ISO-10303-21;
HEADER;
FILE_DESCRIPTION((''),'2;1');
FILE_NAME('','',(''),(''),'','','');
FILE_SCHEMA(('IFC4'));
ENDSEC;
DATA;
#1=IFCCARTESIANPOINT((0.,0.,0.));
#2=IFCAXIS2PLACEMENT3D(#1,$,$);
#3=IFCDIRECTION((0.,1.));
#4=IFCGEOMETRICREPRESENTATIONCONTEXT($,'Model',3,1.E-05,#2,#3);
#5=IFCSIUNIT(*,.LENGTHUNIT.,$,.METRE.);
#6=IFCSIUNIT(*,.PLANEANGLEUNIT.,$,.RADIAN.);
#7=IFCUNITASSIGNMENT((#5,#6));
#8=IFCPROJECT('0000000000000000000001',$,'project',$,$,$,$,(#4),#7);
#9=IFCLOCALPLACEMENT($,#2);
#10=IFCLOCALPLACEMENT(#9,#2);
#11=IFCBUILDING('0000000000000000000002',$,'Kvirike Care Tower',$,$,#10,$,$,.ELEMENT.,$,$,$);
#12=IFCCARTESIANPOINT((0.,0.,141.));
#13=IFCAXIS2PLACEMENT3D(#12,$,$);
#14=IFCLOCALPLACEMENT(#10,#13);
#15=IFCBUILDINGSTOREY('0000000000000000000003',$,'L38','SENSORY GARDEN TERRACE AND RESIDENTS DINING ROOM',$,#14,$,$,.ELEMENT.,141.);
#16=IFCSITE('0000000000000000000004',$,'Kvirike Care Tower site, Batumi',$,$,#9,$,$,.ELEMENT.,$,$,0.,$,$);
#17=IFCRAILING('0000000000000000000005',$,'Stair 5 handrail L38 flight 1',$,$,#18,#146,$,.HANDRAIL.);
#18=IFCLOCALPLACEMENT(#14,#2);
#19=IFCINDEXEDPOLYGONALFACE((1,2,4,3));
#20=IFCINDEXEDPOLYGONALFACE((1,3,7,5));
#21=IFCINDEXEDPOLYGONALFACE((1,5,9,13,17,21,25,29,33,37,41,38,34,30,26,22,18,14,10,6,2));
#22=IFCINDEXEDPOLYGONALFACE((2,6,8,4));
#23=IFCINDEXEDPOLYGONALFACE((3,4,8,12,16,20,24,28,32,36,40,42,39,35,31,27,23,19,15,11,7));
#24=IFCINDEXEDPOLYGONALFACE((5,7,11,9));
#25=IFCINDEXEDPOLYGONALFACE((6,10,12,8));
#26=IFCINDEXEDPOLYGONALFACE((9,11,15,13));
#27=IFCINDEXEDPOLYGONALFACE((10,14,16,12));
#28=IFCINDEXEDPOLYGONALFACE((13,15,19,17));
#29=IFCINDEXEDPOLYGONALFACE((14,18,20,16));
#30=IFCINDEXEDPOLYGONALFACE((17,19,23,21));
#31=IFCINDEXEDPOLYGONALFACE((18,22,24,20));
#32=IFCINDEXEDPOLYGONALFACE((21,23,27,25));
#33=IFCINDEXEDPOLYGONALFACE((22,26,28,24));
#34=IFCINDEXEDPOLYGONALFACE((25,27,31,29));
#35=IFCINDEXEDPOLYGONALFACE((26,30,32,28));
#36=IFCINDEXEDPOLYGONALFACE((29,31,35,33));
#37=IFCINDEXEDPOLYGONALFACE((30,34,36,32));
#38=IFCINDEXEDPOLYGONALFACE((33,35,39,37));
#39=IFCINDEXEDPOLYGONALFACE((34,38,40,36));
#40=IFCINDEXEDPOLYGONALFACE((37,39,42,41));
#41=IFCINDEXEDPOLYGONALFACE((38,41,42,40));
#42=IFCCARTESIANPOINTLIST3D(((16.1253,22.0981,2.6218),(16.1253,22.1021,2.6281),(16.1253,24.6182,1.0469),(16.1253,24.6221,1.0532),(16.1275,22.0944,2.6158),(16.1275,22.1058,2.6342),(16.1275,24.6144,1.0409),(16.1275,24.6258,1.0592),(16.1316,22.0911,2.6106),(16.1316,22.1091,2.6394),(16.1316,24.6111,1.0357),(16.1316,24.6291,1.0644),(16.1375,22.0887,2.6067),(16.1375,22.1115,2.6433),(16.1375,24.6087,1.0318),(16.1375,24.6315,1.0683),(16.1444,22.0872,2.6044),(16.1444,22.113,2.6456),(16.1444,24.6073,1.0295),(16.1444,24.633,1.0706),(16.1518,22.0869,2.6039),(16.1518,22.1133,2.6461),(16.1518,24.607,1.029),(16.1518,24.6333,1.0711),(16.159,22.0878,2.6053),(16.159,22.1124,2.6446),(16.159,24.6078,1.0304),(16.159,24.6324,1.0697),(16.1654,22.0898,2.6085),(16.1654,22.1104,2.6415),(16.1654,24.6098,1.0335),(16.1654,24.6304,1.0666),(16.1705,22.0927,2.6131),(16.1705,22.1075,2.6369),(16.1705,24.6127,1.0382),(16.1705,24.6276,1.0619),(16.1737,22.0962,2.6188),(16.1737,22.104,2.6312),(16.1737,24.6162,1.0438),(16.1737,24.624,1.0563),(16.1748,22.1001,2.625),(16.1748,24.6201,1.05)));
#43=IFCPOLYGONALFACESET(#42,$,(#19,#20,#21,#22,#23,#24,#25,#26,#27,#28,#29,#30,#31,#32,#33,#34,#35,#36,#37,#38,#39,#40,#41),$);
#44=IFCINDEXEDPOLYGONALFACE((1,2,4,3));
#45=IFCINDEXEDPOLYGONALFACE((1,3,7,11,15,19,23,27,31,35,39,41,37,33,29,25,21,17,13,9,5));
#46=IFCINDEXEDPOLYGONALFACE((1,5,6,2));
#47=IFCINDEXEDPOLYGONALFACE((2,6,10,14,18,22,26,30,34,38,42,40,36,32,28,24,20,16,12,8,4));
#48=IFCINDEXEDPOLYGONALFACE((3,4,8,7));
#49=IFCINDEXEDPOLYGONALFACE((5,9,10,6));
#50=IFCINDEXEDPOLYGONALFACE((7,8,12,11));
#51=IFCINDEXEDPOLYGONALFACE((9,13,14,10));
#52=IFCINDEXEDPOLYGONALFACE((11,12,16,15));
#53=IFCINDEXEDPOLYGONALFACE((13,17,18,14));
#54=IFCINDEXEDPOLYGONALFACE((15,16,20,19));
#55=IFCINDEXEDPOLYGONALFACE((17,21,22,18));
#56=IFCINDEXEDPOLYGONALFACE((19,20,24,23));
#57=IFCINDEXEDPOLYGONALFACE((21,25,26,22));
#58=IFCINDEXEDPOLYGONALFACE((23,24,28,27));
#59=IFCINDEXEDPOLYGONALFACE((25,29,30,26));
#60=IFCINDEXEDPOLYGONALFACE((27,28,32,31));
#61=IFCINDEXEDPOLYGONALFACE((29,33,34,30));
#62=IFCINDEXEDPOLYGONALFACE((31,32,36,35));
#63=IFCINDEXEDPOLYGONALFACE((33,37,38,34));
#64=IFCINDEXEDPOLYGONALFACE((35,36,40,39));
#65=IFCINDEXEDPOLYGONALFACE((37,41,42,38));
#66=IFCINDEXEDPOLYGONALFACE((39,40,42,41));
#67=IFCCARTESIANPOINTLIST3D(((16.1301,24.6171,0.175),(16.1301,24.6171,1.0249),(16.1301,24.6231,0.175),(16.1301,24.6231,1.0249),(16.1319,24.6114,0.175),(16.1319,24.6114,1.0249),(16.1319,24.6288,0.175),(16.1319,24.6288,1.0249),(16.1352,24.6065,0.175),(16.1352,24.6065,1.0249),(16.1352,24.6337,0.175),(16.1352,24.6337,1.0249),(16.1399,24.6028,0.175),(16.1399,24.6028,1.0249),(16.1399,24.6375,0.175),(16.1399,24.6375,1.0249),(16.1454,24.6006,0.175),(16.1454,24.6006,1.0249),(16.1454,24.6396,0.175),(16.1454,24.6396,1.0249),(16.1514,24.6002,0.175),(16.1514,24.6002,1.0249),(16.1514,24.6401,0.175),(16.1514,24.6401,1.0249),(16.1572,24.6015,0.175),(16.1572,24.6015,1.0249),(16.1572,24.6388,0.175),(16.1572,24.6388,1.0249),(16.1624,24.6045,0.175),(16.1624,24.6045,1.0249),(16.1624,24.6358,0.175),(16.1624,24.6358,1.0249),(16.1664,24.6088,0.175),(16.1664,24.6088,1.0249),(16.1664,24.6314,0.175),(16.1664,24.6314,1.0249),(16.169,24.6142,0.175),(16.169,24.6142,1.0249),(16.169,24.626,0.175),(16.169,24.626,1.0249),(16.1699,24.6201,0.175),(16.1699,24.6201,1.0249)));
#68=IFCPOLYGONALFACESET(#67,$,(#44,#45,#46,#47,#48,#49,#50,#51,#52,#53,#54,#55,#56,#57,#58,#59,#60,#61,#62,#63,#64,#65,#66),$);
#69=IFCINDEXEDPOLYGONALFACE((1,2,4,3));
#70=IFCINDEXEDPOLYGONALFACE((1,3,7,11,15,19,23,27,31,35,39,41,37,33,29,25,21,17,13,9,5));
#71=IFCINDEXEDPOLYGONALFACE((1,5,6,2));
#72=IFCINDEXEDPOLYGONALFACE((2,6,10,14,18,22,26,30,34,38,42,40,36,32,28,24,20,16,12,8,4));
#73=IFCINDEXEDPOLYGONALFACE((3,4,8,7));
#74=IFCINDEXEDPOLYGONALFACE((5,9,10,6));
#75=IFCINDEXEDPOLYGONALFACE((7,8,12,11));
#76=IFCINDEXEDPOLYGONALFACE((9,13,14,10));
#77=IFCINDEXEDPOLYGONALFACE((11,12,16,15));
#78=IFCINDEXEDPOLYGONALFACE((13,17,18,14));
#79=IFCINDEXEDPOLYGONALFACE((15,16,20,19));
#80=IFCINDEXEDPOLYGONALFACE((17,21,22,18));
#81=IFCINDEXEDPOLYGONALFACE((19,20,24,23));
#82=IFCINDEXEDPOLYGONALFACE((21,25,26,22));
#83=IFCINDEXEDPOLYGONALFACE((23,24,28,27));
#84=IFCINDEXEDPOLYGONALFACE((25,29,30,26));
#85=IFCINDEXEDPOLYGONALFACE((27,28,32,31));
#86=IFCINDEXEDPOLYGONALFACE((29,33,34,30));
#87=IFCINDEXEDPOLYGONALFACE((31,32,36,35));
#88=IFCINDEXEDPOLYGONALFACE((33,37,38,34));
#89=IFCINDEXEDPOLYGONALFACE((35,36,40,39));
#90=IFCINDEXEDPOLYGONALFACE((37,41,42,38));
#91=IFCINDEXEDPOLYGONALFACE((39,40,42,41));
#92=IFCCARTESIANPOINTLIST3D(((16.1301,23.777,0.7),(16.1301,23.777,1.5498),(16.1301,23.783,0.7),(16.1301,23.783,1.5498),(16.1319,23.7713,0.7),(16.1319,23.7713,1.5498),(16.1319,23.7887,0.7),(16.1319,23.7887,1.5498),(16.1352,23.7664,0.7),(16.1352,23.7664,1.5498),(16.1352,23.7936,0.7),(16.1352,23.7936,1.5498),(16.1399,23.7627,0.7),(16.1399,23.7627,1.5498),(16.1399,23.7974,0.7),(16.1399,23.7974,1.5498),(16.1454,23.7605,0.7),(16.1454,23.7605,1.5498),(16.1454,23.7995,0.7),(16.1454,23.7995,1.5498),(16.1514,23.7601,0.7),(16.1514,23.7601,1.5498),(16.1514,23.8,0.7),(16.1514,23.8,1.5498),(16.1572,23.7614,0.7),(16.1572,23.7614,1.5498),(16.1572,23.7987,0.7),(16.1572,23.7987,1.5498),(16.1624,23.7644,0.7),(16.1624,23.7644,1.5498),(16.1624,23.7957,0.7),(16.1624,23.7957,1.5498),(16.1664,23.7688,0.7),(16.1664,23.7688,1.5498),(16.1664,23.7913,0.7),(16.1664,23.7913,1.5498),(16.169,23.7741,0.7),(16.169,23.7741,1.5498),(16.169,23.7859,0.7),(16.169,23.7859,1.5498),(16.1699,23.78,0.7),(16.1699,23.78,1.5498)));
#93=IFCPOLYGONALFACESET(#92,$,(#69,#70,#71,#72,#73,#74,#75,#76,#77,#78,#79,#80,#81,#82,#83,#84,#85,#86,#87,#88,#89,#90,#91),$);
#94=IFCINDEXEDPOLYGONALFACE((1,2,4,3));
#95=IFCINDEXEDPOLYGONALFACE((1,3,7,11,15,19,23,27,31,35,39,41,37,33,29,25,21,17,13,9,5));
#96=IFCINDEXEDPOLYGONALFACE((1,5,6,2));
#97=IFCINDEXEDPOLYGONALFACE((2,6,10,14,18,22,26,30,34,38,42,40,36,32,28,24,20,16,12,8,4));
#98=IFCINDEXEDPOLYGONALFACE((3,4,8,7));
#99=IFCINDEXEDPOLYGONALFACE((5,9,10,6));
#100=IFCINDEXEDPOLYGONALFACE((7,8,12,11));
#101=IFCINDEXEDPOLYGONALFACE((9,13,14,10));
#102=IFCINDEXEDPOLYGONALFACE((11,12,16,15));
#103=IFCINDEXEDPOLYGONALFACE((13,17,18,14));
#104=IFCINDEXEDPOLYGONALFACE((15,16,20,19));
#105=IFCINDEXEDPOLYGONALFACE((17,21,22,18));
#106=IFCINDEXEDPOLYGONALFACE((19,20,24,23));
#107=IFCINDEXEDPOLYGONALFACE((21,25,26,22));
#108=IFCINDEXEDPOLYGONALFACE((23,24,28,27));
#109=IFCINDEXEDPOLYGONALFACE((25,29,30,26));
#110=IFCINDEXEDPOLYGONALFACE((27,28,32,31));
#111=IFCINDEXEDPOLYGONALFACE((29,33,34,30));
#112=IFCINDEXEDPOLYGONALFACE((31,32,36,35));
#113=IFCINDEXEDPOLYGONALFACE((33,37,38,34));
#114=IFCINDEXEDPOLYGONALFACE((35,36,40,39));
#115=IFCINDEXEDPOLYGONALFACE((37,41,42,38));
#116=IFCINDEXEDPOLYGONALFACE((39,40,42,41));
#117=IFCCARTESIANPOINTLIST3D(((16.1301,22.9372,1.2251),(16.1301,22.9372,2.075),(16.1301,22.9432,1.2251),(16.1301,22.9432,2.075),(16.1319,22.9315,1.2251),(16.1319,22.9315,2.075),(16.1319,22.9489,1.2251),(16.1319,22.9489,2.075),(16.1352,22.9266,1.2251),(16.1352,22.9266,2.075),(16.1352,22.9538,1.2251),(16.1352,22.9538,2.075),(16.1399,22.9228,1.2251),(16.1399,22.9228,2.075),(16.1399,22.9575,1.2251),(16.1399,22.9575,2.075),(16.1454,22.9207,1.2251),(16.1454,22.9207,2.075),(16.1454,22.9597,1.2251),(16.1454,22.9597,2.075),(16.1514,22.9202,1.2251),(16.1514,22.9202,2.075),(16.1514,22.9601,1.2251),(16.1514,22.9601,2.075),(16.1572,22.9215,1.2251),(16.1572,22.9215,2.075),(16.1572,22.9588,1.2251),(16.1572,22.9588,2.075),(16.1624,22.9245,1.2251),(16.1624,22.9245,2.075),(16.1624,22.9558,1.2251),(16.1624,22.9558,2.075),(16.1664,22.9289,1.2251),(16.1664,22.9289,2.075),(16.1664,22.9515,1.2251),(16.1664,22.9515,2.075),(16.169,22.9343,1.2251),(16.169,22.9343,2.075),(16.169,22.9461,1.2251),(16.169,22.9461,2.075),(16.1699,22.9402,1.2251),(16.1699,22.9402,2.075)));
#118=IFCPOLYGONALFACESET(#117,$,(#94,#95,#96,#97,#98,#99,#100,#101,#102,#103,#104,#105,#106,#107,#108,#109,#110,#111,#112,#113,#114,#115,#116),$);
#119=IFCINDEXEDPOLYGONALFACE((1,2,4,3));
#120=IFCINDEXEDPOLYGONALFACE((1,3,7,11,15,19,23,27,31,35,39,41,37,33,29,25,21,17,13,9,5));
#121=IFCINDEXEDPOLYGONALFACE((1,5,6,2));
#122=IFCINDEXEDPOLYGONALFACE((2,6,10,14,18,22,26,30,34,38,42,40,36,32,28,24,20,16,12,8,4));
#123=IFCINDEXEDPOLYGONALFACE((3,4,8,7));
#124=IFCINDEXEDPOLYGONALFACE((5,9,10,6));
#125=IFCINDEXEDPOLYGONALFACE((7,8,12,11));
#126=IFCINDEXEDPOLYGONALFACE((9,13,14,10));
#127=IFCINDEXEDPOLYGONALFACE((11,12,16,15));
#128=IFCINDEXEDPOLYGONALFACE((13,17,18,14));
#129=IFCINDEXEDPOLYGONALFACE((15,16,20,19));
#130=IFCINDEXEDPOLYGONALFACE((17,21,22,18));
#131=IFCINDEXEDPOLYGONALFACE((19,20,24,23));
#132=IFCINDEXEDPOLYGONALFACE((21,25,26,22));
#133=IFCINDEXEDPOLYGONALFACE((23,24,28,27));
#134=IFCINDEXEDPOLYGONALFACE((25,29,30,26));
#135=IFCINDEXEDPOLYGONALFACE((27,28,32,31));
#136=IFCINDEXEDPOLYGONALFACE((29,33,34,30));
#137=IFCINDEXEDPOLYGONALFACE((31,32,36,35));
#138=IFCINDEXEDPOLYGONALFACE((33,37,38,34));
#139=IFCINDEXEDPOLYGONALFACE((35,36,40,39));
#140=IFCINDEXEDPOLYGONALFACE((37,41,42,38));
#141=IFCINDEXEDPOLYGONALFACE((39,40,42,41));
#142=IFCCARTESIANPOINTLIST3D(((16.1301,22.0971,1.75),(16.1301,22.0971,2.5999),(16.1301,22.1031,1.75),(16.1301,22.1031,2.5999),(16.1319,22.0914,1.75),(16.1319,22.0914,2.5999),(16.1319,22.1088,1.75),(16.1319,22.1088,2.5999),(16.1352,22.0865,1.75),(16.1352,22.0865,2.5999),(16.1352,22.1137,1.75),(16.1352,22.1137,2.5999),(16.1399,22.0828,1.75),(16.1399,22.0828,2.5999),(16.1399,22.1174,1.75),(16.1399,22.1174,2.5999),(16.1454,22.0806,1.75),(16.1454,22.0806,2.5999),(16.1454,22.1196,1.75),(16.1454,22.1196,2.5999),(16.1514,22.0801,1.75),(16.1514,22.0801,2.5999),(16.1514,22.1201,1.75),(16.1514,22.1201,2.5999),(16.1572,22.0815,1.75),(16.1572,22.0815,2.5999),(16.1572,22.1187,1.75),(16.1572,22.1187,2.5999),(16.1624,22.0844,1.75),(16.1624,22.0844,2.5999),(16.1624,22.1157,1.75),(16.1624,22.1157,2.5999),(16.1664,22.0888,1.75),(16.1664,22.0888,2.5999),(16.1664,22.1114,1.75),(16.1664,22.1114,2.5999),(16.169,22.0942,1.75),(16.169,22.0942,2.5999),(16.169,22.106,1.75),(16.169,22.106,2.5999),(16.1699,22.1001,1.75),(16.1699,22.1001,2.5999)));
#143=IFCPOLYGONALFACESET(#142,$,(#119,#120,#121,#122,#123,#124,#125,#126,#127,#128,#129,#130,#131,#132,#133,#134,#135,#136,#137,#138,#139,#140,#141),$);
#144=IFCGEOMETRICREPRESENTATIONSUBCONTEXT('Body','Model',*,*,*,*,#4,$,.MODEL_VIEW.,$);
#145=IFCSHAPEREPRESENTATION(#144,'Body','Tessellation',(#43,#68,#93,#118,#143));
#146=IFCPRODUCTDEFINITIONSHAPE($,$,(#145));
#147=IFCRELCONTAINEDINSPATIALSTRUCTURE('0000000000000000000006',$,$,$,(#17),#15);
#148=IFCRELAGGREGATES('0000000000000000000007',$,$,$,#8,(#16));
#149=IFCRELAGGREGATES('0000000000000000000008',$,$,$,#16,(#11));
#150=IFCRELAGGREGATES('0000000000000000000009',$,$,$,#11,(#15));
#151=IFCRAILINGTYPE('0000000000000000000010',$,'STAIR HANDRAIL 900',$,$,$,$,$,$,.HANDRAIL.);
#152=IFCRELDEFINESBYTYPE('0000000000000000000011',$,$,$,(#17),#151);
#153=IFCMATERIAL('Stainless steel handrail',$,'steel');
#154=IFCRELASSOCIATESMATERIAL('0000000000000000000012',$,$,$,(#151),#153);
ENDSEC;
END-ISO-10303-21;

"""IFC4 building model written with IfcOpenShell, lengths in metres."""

from ifc_helpers import new_model, si_unit, direction, frame, origin, origin_2d, place, context, subcontext, project, spatial, circle, extrude, material, type_object, element, save


model = new_model("IFC4")

# Units and contexts
model_context = context("Model", 3, precision=1e-05, world=origin(), true_north=direction((0.0, 1.0)))
body_context = subcontext(model_context, "Body", "Model", "MODEL_VIEW")
ifc_project = project(units=[si_unit("LENGTHUNIT", "METRE"), si_unit("PLANEANGLEUNIT", "RADIAN")], contexts=[model_context])

# Site, building, storey
site_placement = place(None, origin())
site = spatial("IfcSite", under=ifc_project, at=site_placement, Name="Kvirike Care Tower site, Batumi", CompositionType="ELEMENT", RefElevation=0.0)
building_placement = place(site_placement, origin())
building = spatial("IfcBuilding", under=site, at=building_placement, Name="Kvirike Care Tower", CompositionType="ELEMENT")
storey_placement = place(building_placement, frame((0.0, 0.0, 141.0)))
storey = spatial("IfcBuildingStorey", under=building, at=storey_placement, Name="L38", Description="SENSORY GARDEN TERRACE AND RESIDENTS DINING ROOM", CompositionType="ELEMENT", Elevation=141.0)

# Railing
ifc_material_1 = material(Name="Stainless steel handrail", Category="steel")
railing_type = type_object("IfcRailingType", Name="STAIR HANDRAIL 900", PredefinedType="HANDRAIL", material=ifc_material_1)
railing_placement = place(storey_placement, frame((16.1499, 24.6201, 0.175)))
element("IfcRailing", 1, at=railing_placement, inside=storey, type_object=railing_type, Name="Stair 5 handrail L38 flight 1", PredefinedType="HANDRAIL", context=body_context, shape_type="SweptSolid", body=[
    extrude(circle(Radius=0.0249, at=origin_2d()), frame((0.0, 0.0, 0.875), z_axis=(0.0, -0.848008, 0.529984), x_axis=(1.0, 0.0, 0.0)), (0.0, 0.0, 1.0), 2.9717),
    extrude(circle(Radius=0.02, at=origin_2d()), origin(), (0.0, 0.0, 1.0), 0.8499),
    extrude(circle(Radius=0.02, at=origin_2d()), frame((0.0, -0.8401, 0.5249)), (0.0, 0.0, 1.0), 0.8499),
    extrude(circle(Radius=0.02, at=origin_2d()), frame((0.0, -1.6799, 1.05)), (0.0, 0.0, 1.0), 0.8499),
    extrude(circle(Radius=0.02, at=origin_2d()), frame((0.0, -2.52, 1.575)), (0.0, 0.0, 1.0), 0.8499),
])

save(model, "model.ifc")
